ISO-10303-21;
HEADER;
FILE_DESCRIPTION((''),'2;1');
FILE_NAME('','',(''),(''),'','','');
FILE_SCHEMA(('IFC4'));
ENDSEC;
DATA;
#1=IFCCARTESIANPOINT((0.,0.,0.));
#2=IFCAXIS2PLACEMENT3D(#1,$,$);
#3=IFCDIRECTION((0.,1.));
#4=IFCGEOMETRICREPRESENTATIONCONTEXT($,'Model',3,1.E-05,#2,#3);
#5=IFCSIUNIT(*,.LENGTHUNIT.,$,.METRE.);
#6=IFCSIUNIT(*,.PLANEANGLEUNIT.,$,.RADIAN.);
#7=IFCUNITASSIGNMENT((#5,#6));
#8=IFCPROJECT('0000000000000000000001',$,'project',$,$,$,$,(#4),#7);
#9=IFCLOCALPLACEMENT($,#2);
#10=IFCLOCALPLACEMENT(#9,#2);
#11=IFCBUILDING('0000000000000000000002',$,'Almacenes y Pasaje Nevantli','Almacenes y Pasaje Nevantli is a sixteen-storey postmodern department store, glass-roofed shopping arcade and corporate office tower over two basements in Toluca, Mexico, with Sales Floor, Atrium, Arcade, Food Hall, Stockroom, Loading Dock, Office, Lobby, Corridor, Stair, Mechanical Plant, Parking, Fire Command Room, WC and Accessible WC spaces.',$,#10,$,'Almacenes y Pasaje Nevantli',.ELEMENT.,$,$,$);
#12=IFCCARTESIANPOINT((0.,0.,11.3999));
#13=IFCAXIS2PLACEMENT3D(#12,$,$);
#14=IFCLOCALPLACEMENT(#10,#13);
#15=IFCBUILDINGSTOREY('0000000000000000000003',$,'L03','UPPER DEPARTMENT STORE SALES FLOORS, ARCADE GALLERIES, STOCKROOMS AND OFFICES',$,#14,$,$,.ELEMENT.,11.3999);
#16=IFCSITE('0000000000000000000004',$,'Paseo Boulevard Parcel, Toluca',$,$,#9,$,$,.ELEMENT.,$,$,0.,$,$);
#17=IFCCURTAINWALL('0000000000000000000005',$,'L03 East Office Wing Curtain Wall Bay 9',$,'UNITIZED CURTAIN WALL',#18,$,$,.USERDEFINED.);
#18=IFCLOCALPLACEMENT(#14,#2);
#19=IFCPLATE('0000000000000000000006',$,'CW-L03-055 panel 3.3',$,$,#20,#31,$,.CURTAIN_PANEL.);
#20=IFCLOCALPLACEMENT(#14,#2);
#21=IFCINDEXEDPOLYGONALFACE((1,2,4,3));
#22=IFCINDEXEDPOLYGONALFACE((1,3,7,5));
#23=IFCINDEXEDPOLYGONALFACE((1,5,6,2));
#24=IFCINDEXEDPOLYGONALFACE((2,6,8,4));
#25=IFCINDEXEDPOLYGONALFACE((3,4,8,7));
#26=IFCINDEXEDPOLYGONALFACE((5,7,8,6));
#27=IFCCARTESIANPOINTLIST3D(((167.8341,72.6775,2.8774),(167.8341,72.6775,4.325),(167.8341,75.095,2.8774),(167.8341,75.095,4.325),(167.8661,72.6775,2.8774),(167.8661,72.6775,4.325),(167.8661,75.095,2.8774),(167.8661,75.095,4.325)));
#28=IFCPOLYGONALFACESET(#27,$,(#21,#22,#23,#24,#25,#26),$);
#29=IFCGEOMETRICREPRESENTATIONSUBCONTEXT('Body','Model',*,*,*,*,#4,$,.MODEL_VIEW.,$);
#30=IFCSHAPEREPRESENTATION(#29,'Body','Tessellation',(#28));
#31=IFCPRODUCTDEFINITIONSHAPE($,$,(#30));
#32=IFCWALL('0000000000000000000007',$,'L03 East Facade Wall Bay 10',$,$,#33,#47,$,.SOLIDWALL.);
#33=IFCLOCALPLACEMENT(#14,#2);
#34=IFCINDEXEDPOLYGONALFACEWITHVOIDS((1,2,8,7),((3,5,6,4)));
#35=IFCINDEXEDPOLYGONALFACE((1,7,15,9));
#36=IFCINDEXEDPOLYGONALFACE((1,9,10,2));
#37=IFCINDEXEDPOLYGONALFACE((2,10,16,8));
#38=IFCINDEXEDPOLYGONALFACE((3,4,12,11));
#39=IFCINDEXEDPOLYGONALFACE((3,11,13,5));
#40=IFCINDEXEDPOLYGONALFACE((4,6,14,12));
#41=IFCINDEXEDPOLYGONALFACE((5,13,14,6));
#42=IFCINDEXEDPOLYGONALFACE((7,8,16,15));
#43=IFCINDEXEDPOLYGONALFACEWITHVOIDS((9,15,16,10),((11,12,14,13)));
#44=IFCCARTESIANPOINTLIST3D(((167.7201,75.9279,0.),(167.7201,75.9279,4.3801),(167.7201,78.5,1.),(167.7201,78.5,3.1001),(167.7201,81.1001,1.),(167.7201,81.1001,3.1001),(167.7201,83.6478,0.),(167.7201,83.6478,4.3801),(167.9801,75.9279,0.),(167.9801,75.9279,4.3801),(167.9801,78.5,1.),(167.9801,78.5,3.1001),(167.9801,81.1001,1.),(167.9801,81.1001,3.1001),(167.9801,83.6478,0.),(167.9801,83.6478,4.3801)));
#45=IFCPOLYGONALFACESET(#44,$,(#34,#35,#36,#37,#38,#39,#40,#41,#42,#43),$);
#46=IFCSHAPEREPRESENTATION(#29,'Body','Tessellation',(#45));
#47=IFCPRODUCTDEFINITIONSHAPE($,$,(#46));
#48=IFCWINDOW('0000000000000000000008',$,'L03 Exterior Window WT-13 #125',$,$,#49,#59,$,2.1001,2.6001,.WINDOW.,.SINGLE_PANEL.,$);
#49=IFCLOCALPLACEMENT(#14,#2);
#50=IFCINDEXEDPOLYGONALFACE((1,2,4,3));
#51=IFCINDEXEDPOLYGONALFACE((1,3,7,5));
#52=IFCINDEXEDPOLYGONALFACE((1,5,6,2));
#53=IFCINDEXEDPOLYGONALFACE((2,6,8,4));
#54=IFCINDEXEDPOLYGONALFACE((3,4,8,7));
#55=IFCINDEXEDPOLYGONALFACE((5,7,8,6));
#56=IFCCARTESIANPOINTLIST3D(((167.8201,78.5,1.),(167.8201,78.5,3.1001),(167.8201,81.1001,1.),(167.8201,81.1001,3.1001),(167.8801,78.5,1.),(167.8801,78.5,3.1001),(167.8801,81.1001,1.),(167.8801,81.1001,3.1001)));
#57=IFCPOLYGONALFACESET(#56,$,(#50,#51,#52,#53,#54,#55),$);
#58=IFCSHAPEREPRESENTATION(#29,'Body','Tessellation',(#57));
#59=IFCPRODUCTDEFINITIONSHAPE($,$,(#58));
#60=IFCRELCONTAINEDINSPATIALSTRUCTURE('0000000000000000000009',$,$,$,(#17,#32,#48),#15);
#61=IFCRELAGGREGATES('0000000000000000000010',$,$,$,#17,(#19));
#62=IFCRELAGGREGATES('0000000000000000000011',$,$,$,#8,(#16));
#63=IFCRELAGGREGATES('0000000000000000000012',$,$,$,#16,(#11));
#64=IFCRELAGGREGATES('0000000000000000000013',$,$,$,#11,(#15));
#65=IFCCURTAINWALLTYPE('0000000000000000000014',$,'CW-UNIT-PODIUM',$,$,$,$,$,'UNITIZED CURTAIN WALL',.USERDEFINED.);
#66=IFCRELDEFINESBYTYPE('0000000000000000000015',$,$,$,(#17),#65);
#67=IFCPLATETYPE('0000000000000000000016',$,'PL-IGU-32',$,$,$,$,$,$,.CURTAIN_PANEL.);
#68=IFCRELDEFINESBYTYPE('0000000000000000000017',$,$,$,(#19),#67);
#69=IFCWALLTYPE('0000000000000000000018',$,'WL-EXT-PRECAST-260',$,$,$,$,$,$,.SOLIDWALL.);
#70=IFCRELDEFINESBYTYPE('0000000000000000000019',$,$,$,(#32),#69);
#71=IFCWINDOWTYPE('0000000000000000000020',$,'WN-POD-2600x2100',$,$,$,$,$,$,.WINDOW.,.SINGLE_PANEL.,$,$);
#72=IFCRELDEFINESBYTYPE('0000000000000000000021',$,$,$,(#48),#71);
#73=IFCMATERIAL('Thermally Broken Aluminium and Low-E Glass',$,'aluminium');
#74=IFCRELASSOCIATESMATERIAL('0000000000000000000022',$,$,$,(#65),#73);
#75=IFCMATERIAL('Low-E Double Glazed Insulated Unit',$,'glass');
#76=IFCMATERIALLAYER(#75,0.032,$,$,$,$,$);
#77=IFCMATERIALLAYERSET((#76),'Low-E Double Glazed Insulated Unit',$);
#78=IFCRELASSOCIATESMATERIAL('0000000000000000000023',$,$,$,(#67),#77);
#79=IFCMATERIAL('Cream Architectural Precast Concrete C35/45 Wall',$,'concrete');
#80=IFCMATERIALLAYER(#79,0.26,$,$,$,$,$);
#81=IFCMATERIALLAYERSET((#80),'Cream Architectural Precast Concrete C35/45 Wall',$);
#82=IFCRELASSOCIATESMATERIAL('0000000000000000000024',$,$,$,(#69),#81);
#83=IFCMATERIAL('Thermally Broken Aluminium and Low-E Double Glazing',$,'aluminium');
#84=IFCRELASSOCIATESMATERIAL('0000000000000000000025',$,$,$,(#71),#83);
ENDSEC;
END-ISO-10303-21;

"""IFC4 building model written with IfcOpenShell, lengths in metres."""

from ifc_helpers import new_model, si_unit, direction, frame, frame_2d, origin, origin_2d, place, context, subcontext, project, spatial, rectangle, extrude, material, layer, layer_set, type_object, element, fill, aggregate, save


model = new_model("IFC4")

# Units and contexts
model_context = context("Model", 3, precision=1e-05, world=origin(), true_north=direction((0.0, 1.0)))
body_context = subcontext(model_context, "Body", "Model", "MODEL_VIEW")
ifc_project = project(units=[si_unit("LENGTHUNIT", "METRE"), si_unit("PLANEANGLEUNIT", "RADIAN")], contexts=[model_context])

# Site, building, storey
site_placement = place(None, origin())
site = spatial("IfcSite", under=ifc_project, at=site_placement, Name="Paseo Boulevard Parcel, Toluca", CompositionType="ELEMENT", RefElevation=0.0)
building_placement = place(site_placement, origin())
building = spatial("IfcBuilding", under=site, at=building_placement, Name="Almacenes y Pasaje Nevantli", Description="Almacenes y Pasaje Nevantli is a sixteen-storey postmodern department store, glass-roofed shopping arcade and corporate office tower over two basements in Toluca, Mexico, with Sales Floor, Atrium, Arcade, Food Hall, Stockroom, Loading Dock, Office, Lobby, Corridor, Stair, Mechanical Plant, Parking, Fire Command Room, WC and Accessible WC spaces.", LongName="Almacenes y Pasaje Nevantli", CompositionType="ELEMENT")
storey_placement = place(building_placement, frame((0.0, 0.0, 11.3999)))
storey = spatial("IfcBuildingStorey", under=building, at=storey_placement, Name="L03", Description="UPPER DEPARTMENT STORE SALES FLOORS, ARCADE GALLERIES, STOCKROOMS AND OFFICES", CompositionType="ELEMENT", Elevation=11.3999)

# Curtain wall, plate
ifc_material_1 = material(Name="Thermally Broken Aluminium and Low-E Glass", Category="aluminium")
curtain_wall_type = type_object("IfcCurtainWallType", Name="CW-UNIT-PODIUM", ElementType="UNITIZED CURTAIN WALL", PredefinedType="USERDEFINED", material=ifc_material_1)
curtain_wall_placement = place(storey_placement, origin())
curtain_wall = element("IfcCurtainWall", 1, at=curtain_wall_placement, inside=storey, type_object=curtain_wall_type, Name="L03 East Office Wing Curtain Wall Bay 9", ObjectType="UNITIZED CURTAIN WALL", PredefinedType="USERDEFINED")
ifc_material_2 = material(Name="Low-E Double Glazed Insulated Unit", Category="glass")
ifc_layer_1 = layer(ifc_material_2, 0.032)
ifc_layer_set_1 = layer_set([ifc_layer_1], Name="Low-E Double Glazed Insulated Unit")
plate_type = type_object("IfcPlateType", Name="PL-IGU-32", PredefinedType="CURTAIN_PANEL", material=ifc_layer_set_1)
plate_1_placement = place(storey_placement, frame((167.8501, 73.8862, 2.8774), z_axis=(0.0, 0.0, 1.0), x_axis=(0.0, 1.0, 0.0)))
plate_1 = element("IfcPlate", 2, at=plate_1_placement, type_object=plate_type, Name="CW-L03-055 panel 3.3", PredefinedType="CURTAIN_PANEL", context=body_context, shape_type="SweptSolid", body=[
    extrude(rectangle(XDim=2.4175, YDim=0.032, at=origin_2d()), origin(), (0.0, 0.0, 1.0), 1.4475),
])
aggregate(curtain_wall, [plate_1])

# Wall, opening, window
ifc_material_3 = material(Name="Cream Architectural Precast Concrete C35/45 Wall", Category="concrete")
ifc_layer_2 = layer(ifc_material_3, 0.26)
ifc_layer_set_2 = layer_set([ifc_layer_2], Name="Cream Architectural Precast Concrete C35/45 Wall")
wall_type = type_object("IfcWallType", Name="WL-EXT-PRECAST-260", PredefinedType="SOLIDWALL", material=ifc_layer_set_2)
wall_placement = place(storey_placement, frame((167.8501, 75.928, 0.0), z_axis=(0.0, 0.0, 1.0), x_axis=(0.0, 1.0, 0.0)))
wall = element("IfcWall", 3, at=wall_placement, inside=storey, type_object=wall_type, Name="L03 East Facade Wall Bay 10", PredefinedType="SOLIDWALL", context=body_context, shape_type="SweptSolid", body=[
    extrude(rectangle(XDim=7.72, YDim=0.26, at=frame_2d((3.8599, 0.0))), origin(), (0.0, 0.0, 1.0), 4.3801),
])
opening_placement = place(wall_placement, frame((2.572, 0.0, 1.0)))
opening = element("IfcOpeningElement", 4, at=opening_placement, cuts=wall, PredefinedType="OPENING", context=body_context, shape_type="SweptSolid", body=[
    extrude(rectangle(XDim=2.6001, YDim=2.1001, at=frame_2d((1.3, 1.05))), frame((0.0, 0.1399, 0.0), z_axis=(0.0, -1.0, 0.0), x_axis=(1.0, 0.0, 0.0)), (0.0, 0.0, 1.0), 0.28),
])
ifc_material_4 = material(Name="Thermally Broken Aluminium and Low-E Double Glazing", Category="aluminium")
window_type = type_object("IfcWindowType", Name="WN-POD-2600x2100", PartitioningType="SINGLE_PANEL", PredefinedType="WINDOW", material=ifc_material_4)
window_placement = place(opening_placement, origin())
window = element("IfcWindow", 5, at=window_placement, inside=storey, type_object=window_type, Name="L03 Exterior Window WT-13 #125", OverallHeight=2.1001, OverallWidth=2.6001, PartitioningType="SINGLE_PANEL", PredefinedType="WINDOW", context=body_context, shape_type="SweptSolid", body=[
    extrude(rectangle(XDim=2.6001, YDim=2.1001, at=frame_2d((1.3, 1.05))), frame((0.0, 0.03, 0.0), z_axis=(0.0, -1.0, 0.0), x_axis=(1.0, 0.0, 0.0)), (0.0, 0.0, 1.0), 0.0601),
])
fill(opening, window)

save(model, "model.ifc")
